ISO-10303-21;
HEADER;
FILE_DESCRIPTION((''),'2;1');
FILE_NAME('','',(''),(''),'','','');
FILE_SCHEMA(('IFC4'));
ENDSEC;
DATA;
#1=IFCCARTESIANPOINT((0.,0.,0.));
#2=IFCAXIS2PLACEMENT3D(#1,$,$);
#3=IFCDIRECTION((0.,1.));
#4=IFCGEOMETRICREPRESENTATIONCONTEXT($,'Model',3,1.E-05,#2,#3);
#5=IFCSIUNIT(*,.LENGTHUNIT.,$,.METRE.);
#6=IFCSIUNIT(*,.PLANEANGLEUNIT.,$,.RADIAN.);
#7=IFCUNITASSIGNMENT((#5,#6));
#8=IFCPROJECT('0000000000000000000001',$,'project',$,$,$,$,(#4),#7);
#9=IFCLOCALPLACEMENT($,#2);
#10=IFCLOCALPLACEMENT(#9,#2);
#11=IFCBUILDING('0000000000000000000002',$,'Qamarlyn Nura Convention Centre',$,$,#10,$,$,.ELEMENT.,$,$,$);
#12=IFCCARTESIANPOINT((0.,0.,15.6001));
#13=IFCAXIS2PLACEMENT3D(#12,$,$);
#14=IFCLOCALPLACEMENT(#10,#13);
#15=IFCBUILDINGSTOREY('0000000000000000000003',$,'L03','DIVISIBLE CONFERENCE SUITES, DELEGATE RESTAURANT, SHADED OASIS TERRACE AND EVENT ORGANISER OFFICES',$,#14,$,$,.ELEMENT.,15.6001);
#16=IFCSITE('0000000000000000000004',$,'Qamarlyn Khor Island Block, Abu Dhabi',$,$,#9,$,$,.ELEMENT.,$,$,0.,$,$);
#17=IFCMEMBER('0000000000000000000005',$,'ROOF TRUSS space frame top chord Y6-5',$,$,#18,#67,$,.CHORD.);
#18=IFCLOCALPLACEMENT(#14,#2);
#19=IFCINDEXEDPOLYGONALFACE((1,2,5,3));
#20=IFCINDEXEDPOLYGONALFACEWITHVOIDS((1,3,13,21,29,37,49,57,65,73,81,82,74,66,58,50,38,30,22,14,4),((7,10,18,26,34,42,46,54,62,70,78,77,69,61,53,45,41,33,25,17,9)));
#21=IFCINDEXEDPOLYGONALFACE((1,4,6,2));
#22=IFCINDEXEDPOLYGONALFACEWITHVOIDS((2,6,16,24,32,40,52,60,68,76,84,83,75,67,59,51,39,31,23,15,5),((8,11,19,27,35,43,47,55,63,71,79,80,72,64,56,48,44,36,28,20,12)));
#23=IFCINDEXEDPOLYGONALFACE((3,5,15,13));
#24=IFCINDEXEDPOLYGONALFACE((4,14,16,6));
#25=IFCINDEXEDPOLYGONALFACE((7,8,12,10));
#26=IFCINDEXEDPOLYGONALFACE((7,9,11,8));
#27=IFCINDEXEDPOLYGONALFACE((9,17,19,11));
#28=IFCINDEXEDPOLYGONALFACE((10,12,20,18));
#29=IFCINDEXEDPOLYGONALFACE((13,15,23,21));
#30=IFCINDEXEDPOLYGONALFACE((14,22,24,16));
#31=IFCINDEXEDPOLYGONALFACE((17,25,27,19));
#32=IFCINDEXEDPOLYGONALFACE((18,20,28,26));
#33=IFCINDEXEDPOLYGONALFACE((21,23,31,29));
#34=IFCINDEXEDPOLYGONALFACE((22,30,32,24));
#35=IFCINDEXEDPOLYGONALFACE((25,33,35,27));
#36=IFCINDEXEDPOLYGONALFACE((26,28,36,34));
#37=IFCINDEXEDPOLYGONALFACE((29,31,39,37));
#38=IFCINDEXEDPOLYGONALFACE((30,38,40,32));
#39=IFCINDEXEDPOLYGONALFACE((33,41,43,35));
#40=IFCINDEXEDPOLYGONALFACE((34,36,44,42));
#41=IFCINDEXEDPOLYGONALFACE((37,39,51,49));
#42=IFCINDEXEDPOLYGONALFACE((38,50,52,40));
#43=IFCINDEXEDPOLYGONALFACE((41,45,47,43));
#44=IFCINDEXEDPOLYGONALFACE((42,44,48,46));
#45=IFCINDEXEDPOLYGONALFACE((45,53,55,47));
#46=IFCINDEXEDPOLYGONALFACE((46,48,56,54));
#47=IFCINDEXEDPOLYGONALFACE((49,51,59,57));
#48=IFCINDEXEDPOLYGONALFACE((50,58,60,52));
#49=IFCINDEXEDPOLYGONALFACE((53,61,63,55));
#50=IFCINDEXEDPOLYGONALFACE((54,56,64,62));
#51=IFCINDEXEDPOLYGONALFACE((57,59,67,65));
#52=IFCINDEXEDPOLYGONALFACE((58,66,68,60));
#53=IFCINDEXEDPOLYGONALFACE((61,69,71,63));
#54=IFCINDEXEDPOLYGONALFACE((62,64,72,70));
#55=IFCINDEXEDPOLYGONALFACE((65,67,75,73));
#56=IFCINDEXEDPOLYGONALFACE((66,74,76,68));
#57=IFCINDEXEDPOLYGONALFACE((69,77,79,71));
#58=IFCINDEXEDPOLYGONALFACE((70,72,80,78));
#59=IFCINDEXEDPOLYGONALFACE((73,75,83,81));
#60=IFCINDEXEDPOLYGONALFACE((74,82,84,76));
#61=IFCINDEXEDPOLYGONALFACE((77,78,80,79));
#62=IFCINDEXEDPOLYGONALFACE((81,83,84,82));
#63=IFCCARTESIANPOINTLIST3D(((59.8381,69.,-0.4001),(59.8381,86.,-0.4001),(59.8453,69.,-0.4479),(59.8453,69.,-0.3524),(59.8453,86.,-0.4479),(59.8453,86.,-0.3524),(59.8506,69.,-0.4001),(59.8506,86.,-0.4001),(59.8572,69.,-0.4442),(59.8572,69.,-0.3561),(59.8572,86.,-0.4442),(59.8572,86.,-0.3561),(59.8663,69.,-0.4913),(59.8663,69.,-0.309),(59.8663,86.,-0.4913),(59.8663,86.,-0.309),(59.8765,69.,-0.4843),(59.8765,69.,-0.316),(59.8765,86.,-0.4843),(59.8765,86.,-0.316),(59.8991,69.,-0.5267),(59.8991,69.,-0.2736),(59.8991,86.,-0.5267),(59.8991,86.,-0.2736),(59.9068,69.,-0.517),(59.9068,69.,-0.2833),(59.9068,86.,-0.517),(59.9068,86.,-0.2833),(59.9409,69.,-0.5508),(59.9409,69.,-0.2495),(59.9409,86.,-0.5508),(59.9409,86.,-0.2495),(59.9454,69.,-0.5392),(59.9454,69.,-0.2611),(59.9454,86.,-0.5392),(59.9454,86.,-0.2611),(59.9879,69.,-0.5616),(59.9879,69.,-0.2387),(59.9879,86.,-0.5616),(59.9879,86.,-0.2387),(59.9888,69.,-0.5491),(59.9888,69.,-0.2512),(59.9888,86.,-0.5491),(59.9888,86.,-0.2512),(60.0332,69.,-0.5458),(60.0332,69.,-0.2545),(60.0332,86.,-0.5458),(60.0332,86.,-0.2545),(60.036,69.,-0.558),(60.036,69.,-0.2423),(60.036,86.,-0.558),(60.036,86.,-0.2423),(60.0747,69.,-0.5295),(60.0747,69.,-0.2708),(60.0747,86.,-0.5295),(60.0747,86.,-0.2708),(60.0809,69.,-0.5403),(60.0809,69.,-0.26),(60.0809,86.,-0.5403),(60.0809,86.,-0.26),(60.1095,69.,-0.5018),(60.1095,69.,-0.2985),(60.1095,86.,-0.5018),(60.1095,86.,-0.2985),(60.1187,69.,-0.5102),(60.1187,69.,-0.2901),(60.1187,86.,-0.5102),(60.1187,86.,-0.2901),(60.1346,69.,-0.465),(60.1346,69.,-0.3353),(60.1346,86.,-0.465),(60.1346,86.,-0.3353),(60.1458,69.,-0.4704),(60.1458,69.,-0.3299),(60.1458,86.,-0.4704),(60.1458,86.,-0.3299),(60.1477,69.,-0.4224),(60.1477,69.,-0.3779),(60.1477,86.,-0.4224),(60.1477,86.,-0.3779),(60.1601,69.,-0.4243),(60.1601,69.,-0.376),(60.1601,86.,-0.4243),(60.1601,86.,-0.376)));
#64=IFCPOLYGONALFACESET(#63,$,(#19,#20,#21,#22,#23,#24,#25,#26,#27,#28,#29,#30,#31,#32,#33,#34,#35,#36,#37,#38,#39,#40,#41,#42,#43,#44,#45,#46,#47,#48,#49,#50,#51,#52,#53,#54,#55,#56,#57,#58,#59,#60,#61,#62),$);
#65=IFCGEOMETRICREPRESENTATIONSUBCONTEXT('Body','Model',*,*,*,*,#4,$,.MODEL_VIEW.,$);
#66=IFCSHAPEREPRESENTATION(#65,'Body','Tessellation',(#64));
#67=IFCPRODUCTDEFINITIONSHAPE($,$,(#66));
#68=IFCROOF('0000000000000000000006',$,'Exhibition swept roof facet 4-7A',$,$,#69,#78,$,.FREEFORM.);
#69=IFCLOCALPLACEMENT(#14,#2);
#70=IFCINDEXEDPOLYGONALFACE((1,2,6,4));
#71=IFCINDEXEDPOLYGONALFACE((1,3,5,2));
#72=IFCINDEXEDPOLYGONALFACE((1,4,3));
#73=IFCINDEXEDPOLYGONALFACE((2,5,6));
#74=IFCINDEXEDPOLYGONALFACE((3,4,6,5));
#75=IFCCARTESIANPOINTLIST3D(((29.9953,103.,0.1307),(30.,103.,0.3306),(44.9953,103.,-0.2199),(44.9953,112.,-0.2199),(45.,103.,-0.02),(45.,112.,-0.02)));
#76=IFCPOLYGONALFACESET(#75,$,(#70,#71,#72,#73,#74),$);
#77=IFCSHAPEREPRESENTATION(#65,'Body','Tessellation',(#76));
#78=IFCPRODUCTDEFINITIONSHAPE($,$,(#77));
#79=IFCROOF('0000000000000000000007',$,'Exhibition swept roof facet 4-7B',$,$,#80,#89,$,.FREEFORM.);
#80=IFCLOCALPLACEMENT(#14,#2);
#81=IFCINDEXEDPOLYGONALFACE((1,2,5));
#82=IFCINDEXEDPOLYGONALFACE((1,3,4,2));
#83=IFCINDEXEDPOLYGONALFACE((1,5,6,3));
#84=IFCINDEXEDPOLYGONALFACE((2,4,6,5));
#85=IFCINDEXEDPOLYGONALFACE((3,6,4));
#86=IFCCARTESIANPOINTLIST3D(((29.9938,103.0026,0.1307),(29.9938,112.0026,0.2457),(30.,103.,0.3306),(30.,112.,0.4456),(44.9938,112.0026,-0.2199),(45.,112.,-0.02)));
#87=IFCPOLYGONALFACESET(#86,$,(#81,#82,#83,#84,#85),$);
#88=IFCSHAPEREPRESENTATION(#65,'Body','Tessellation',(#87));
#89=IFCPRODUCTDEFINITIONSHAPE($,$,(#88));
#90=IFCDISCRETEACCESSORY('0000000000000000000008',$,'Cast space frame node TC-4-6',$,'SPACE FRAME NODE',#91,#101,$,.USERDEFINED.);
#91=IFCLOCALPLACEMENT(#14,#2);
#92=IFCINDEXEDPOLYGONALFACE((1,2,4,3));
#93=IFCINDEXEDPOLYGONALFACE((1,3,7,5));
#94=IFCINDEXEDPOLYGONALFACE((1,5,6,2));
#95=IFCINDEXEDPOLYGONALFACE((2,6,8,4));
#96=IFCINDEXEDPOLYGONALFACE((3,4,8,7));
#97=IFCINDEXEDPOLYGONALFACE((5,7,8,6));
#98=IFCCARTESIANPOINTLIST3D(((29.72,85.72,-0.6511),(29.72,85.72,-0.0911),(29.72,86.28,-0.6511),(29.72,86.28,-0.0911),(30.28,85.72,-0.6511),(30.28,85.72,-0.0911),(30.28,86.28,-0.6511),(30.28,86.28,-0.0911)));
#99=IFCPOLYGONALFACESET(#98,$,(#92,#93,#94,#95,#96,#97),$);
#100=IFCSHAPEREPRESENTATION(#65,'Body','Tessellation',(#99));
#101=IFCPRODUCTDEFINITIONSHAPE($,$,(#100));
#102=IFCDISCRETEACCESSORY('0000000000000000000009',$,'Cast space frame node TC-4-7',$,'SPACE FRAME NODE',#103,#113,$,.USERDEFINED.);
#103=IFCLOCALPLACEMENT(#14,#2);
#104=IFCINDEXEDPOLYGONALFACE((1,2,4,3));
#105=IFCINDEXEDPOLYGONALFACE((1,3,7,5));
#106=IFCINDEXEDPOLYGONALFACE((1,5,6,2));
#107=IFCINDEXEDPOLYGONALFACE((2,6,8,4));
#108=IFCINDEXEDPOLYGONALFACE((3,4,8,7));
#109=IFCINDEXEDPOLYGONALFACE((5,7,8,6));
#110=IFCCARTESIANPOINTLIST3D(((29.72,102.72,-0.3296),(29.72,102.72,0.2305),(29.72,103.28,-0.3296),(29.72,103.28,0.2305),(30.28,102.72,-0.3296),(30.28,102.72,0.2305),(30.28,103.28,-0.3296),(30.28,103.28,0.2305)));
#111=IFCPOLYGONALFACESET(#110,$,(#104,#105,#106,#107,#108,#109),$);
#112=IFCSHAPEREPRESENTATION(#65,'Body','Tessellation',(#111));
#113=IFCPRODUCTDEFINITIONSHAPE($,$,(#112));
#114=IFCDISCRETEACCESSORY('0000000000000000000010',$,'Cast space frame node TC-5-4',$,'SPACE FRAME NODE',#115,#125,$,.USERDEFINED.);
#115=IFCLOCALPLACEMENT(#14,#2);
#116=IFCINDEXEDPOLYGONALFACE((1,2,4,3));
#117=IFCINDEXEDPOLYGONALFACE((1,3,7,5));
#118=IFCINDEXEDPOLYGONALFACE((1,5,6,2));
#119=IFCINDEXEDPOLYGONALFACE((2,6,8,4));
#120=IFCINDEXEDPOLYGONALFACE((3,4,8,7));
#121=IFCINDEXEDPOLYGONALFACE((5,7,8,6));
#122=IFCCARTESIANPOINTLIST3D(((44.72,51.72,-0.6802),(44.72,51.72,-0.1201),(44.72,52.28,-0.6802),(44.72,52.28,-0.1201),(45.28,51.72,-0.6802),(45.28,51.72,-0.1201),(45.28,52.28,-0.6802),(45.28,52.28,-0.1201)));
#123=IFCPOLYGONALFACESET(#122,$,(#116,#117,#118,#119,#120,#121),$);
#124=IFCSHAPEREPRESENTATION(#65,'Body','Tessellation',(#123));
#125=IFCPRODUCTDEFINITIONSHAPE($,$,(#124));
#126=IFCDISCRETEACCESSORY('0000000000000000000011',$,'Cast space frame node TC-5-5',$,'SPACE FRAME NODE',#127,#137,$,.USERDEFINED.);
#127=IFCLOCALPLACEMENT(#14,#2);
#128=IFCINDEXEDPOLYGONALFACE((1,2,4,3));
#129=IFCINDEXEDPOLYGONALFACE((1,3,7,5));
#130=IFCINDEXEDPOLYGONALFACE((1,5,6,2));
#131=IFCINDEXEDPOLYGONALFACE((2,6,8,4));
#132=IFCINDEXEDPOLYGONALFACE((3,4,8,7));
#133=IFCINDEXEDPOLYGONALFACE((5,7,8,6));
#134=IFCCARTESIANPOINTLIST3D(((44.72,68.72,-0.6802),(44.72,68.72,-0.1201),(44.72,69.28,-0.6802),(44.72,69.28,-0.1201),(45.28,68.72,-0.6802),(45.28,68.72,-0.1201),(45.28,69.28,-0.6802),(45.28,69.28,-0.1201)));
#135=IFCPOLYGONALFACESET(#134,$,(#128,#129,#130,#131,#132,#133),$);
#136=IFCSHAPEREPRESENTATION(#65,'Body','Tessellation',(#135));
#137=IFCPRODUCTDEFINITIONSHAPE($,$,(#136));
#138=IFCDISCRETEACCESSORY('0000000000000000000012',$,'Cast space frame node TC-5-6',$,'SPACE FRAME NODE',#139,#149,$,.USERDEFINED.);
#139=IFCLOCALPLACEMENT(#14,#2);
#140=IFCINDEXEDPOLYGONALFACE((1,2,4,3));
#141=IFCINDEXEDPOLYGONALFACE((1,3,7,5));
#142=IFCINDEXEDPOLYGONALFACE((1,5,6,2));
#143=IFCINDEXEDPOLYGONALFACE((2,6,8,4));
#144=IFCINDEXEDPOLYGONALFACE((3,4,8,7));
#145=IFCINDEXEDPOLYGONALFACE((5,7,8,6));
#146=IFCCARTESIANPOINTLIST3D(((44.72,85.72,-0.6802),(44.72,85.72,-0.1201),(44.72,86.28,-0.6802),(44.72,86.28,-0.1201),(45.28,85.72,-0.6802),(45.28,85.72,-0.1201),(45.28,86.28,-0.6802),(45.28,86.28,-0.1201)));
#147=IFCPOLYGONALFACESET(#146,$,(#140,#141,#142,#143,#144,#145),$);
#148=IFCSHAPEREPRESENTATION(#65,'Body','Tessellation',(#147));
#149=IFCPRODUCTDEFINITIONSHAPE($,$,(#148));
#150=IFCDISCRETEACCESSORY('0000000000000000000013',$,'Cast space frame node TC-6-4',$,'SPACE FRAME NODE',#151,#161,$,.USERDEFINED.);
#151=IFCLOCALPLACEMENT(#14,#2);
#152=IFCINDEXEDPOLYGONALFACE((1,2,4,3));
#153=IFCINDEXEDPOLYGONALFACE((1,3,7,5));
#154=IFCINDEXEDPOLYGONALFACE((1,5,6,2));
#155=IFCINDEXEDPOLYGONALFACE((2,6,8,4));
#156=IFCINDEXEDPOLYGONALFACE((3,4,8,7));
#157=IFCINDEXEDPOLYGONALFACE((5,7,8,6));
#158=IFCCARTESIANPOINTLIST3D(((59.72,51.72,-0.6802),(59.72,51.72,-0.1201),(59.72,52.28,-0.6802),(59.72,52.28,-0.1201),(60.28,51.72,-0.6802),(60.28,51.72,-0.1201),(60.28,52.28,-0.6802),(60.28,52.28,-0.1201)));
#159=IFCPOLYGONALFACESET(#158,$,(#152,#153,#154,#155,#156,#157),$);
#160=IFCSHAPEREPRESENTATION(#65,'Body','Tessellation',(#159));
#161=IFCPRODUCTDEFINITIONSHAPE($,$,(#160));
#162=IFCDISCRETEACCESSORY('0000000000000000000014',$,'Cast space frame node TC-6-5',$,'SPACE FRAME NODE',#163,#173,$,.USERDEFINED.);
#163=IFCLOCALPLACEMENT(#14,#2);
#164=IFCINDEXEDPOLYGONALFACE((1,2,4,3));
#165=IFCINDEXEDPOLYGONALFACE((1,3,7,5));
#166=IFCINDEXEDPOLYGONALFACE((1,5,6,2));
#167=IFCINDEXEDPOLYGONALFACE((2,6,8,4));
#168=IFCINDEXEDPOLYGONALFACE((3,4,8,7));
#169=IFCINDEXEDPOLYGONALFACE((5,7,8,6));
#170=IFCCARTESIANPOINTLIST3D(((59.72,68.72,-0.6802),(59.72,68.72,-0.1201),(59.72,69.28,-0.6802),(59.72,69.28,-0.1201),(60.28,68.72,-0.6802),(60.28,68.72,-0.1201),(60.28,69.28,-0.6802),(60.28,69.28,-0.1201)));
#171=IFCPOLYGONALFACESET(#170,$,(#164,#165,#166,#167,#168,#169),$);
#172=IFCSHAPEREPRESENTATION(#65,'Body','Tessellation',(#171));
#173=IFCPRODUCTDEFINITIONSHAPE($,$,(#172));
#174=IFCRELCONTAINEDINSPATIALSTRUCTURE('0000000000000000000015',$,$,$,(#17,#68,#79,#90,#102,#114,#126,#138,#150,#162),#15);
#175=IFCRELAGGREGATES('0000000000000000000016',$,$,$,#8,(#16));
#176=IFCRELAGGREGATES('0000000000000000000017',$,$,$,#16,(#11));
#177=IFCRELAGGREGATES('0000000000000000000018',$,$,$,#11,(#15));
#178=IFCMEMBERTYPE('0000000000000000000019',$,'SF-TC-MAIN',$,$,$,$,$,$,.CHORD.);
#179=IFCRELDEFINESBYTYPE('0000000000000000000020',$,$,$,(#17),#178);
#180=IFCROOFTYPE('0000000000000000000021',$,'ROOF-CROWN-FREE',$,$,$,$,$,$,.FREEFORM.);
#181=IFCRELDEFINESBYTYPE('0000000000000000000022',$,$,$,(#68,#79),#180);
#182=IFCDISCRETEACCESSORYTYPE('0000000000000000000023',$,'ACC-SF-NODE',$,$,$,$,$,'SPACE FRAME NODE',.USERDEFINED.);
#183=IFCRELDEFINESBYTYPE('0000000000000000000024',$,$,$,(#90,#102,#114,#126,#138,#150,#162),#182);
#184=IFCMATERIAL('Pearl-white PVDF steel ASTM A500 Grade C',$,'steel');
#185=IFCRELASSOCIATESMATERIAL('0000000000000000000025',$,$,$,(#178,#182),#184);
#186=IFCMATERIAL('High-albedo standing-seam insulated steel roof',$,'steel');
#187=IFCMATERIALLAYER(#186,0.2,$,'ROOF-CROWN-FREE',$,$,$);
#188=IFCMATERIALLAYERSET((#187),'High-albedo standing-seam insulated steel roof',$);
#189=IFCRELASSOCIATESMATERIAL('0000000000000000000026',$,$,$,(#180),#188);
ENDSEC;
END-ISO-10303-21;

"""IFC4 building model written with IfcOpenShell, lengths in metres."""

from ifc_helpers import new_model, si_unit, direction, frame, origin, origin_2d, place, context, subcontext, project, spatial, polyline, rectangle, hollow_circle, outline, extrude, material, layer, layer_set, material_profile, profile_set, type_object, element, save


model = new_model("IFC4")

# Units and contexts
model_context = context("Model", 3, precision=1e-05, world=origin(), true_north=direction((0.0, 1.0)))
body_context = subcontext(model_context, "Body", "Model", "MODEL_VIEW")
ifc_project = project(units=[si_unit("LENGTHUNIT", "METRE"), si_unit("PLANEANGLEUNIT", "RADIAN")], contexts=[model_context])

# Site, building, storey
site_placement = place(None, origin())
site = spatial("IfcSite", under=ifc_project, at=site_placement, Name="Qamarlyn Khor Island Block, Abu Dhabi", CompositionType="ELEMENT", RefElevation=0.0)
building_placement = place(site_placement, origin())
building = spatial("IfcBuilding", under=site, at=building_placement, Name="Qamarlyn Nura Convention Centre", CompositionType="ELEMENT")
storey_placement = place(building_placement, frame((0.0, 0.0, 15.6001)))
storey = spatial("IfcBuildingStorey", under=building, at=storey_placement, Name="L03", Description="DIVISIBLE CONFERENCE SUITES, DELEGATE RESTAURANT, SHADED OASIS TERRACE AND EVENT ORGANISER OFFICES", CompositionType="ELEMENT", Elevation=15.6001)

# Member
ifc_material_1 = material(Name="Pearl-white PVDF steel ASTM A500 Grade C", Category="steel")
ifc_material_profile_1 = material_profile(ifc_material_1, hollow_circle(Radius=0.1619, WallThickness=0.0125, at=origin_2d()), Name="CHS323.9X12.5")
ifc_profile_set_1 = profile_set([ifc_material_profile_1], Name="Pearl-white PVDF steel ASTM A500 Grade C")
member_type_1 = type_object("IfcMemberType", Name="SF-TC-MAIN", PredefinedType="CHORD", material=ifc_profile_set_1)
for number, where, z_axis, x_axis, name in (
    (1, (60.0, 69.0, -0.4001), (0.0, 1.0, 0.0), (-1.0, 0.0, 0.0), "ROOF TRUSS space frame top chord Y6-5"),
):
    element("IfcMember", number, at=place(storey_placement, frame(where, z_axis=z_axis, x_axis=x_axis)), inside=storey, type_object=member_type_1, Name=name, PredefinedType="CHORD", context=body_context, shape_type="SweptSolid", body=[
        extrude(hollow_circle(Radius=0.1619, WallThickness=0.0125, at=origin_2d()), origin(), (0.0, 0.0, 1.0), 17.0),
    ])

# Roofs
ifc_material_2 = material(Name="High-albedo standing-seam insulated steel roof", Category="steel")
ifc_layer = layer(ifc_material_2, 0.2, Name="ROOF-CROWN-FREE")
ifc_layer_set = layer_set([ifc_layer], Name="High-albedo standing-seam insulated steel roof")
roof_type = type_object("IfcRoofType", Name="ROOF-CROWN-FREE", PredefinedType="FREEFORM", material=ifc_layer_set)
roof_1_placement = place(storey_placement, frame((30.0, 103.0, 0.3306), z_axis=(0.023366, 0.0, 0.999727), x_axis=(0.999727, 0.0, -0.023366)))
element("IfcRoof", 2, at=roof_1_placement, inside=storey, type_object=roof_type, Name="Exhibition swept roof facet 4-7A", PredefinedType="FREEFORM", context=body_context, shape_type="SweptSolid", body=[
    extrude(outline(polyline([(0.0, 0.0), (15.0041, 0.0), (15.0041, 9.0), (0.0, 0.0)])), origin(), (0.0, 0.0, -1.0), 0.2),
])
roof_2_placement = place(storey_placement, frame((30.0, 103.0, 0.3306), z_axis=(0.031021, -0.01277, 0.999437), x_axis=(0.857321, 0.514392, -0.020038)))
element("IfcRoof", 3, at=roof_2_placement, inside=storey, type_object=roof_type, Name="Exhibition swept roof facet 4-7B", PredefinedType="FREEFORM", context=body_context, shape_type="SweptSolid", body=[
    extrude(outline(polyline([(0.0, 0.0), (17.4964, 0.0), (4.6272, 7.7202), (0.0, 0.0)])), origin(), (0.0, 0.0, -1.0), 0.2),
])

# Discrete accessories
discrete_accessory_type = type_object("IfcDiscreteAccessoryType", Name="ACC-SF-NODE", ElementType="SPACE FRAME NODE", PredefinedType="USERDEFINED", material=ifc_material_1)
for number, where, z_axis, x_axis, name in (
    (4, (30.0, 86.0, -0.6511), (0.0, 0.0, 1.0), (1.0, 0.0, 0.0), "Cast space frame node TC-4-6"),
    (5, (30.0, 103.0, -0.3296), (0.0, 0.0, 1.0), (1.0, 0.0, 0.0), "Cast space frame node TC-4-7"),
    (6, (45.0, 52.0, -0.6802), (0.0, 0.0, 1.0), (1.0, 0.0, 0.0), "Cast space frame node TC-5-4"),
    (7, (45.0, 69.0, -0.6802), (0.0, 0.0, 1.0), (1.0, 0.0, 0.0), "Cast space frame node TC-5-5"),
    (8, (45.0, 86.0, -0.6802), (0.0, 0.0, 1.0), (1.0, 0.0, 0.0), "Cast space frame node TC-5-6"),
    (9, (60.0, 52.0, -0.6802), (0.0, 0.0, 1.0), (1.0, 0.0, 0.0), "Cast space frame node TC-6-4"),
    (10, (60.0, 69.0, -0.6802), (0.0, 0.0, 1.0), (1.0, 0.0, 0.0), "Cast space frame node TC-6-5"),
):
    element("IfcDiscreteAccessory", number, at=place(storey_placement, frame(where, z_axis=z_axis, x_axis=x_axis)), inside=storey, type_object=discrete_accessory_type, Name=name, ObjectType="SPACE FRAME NODE", PredefinedType="USERDEFINED", context=body_context, shape_type="SweptSolid", body=[
        extrude(rectangle(XDim=0.5601, YDim=0.5601, at=origin_2d()), origin(), (0.0, 0.0, 1.0), 0.5601),
    ])

save(model, "model.ifc")
